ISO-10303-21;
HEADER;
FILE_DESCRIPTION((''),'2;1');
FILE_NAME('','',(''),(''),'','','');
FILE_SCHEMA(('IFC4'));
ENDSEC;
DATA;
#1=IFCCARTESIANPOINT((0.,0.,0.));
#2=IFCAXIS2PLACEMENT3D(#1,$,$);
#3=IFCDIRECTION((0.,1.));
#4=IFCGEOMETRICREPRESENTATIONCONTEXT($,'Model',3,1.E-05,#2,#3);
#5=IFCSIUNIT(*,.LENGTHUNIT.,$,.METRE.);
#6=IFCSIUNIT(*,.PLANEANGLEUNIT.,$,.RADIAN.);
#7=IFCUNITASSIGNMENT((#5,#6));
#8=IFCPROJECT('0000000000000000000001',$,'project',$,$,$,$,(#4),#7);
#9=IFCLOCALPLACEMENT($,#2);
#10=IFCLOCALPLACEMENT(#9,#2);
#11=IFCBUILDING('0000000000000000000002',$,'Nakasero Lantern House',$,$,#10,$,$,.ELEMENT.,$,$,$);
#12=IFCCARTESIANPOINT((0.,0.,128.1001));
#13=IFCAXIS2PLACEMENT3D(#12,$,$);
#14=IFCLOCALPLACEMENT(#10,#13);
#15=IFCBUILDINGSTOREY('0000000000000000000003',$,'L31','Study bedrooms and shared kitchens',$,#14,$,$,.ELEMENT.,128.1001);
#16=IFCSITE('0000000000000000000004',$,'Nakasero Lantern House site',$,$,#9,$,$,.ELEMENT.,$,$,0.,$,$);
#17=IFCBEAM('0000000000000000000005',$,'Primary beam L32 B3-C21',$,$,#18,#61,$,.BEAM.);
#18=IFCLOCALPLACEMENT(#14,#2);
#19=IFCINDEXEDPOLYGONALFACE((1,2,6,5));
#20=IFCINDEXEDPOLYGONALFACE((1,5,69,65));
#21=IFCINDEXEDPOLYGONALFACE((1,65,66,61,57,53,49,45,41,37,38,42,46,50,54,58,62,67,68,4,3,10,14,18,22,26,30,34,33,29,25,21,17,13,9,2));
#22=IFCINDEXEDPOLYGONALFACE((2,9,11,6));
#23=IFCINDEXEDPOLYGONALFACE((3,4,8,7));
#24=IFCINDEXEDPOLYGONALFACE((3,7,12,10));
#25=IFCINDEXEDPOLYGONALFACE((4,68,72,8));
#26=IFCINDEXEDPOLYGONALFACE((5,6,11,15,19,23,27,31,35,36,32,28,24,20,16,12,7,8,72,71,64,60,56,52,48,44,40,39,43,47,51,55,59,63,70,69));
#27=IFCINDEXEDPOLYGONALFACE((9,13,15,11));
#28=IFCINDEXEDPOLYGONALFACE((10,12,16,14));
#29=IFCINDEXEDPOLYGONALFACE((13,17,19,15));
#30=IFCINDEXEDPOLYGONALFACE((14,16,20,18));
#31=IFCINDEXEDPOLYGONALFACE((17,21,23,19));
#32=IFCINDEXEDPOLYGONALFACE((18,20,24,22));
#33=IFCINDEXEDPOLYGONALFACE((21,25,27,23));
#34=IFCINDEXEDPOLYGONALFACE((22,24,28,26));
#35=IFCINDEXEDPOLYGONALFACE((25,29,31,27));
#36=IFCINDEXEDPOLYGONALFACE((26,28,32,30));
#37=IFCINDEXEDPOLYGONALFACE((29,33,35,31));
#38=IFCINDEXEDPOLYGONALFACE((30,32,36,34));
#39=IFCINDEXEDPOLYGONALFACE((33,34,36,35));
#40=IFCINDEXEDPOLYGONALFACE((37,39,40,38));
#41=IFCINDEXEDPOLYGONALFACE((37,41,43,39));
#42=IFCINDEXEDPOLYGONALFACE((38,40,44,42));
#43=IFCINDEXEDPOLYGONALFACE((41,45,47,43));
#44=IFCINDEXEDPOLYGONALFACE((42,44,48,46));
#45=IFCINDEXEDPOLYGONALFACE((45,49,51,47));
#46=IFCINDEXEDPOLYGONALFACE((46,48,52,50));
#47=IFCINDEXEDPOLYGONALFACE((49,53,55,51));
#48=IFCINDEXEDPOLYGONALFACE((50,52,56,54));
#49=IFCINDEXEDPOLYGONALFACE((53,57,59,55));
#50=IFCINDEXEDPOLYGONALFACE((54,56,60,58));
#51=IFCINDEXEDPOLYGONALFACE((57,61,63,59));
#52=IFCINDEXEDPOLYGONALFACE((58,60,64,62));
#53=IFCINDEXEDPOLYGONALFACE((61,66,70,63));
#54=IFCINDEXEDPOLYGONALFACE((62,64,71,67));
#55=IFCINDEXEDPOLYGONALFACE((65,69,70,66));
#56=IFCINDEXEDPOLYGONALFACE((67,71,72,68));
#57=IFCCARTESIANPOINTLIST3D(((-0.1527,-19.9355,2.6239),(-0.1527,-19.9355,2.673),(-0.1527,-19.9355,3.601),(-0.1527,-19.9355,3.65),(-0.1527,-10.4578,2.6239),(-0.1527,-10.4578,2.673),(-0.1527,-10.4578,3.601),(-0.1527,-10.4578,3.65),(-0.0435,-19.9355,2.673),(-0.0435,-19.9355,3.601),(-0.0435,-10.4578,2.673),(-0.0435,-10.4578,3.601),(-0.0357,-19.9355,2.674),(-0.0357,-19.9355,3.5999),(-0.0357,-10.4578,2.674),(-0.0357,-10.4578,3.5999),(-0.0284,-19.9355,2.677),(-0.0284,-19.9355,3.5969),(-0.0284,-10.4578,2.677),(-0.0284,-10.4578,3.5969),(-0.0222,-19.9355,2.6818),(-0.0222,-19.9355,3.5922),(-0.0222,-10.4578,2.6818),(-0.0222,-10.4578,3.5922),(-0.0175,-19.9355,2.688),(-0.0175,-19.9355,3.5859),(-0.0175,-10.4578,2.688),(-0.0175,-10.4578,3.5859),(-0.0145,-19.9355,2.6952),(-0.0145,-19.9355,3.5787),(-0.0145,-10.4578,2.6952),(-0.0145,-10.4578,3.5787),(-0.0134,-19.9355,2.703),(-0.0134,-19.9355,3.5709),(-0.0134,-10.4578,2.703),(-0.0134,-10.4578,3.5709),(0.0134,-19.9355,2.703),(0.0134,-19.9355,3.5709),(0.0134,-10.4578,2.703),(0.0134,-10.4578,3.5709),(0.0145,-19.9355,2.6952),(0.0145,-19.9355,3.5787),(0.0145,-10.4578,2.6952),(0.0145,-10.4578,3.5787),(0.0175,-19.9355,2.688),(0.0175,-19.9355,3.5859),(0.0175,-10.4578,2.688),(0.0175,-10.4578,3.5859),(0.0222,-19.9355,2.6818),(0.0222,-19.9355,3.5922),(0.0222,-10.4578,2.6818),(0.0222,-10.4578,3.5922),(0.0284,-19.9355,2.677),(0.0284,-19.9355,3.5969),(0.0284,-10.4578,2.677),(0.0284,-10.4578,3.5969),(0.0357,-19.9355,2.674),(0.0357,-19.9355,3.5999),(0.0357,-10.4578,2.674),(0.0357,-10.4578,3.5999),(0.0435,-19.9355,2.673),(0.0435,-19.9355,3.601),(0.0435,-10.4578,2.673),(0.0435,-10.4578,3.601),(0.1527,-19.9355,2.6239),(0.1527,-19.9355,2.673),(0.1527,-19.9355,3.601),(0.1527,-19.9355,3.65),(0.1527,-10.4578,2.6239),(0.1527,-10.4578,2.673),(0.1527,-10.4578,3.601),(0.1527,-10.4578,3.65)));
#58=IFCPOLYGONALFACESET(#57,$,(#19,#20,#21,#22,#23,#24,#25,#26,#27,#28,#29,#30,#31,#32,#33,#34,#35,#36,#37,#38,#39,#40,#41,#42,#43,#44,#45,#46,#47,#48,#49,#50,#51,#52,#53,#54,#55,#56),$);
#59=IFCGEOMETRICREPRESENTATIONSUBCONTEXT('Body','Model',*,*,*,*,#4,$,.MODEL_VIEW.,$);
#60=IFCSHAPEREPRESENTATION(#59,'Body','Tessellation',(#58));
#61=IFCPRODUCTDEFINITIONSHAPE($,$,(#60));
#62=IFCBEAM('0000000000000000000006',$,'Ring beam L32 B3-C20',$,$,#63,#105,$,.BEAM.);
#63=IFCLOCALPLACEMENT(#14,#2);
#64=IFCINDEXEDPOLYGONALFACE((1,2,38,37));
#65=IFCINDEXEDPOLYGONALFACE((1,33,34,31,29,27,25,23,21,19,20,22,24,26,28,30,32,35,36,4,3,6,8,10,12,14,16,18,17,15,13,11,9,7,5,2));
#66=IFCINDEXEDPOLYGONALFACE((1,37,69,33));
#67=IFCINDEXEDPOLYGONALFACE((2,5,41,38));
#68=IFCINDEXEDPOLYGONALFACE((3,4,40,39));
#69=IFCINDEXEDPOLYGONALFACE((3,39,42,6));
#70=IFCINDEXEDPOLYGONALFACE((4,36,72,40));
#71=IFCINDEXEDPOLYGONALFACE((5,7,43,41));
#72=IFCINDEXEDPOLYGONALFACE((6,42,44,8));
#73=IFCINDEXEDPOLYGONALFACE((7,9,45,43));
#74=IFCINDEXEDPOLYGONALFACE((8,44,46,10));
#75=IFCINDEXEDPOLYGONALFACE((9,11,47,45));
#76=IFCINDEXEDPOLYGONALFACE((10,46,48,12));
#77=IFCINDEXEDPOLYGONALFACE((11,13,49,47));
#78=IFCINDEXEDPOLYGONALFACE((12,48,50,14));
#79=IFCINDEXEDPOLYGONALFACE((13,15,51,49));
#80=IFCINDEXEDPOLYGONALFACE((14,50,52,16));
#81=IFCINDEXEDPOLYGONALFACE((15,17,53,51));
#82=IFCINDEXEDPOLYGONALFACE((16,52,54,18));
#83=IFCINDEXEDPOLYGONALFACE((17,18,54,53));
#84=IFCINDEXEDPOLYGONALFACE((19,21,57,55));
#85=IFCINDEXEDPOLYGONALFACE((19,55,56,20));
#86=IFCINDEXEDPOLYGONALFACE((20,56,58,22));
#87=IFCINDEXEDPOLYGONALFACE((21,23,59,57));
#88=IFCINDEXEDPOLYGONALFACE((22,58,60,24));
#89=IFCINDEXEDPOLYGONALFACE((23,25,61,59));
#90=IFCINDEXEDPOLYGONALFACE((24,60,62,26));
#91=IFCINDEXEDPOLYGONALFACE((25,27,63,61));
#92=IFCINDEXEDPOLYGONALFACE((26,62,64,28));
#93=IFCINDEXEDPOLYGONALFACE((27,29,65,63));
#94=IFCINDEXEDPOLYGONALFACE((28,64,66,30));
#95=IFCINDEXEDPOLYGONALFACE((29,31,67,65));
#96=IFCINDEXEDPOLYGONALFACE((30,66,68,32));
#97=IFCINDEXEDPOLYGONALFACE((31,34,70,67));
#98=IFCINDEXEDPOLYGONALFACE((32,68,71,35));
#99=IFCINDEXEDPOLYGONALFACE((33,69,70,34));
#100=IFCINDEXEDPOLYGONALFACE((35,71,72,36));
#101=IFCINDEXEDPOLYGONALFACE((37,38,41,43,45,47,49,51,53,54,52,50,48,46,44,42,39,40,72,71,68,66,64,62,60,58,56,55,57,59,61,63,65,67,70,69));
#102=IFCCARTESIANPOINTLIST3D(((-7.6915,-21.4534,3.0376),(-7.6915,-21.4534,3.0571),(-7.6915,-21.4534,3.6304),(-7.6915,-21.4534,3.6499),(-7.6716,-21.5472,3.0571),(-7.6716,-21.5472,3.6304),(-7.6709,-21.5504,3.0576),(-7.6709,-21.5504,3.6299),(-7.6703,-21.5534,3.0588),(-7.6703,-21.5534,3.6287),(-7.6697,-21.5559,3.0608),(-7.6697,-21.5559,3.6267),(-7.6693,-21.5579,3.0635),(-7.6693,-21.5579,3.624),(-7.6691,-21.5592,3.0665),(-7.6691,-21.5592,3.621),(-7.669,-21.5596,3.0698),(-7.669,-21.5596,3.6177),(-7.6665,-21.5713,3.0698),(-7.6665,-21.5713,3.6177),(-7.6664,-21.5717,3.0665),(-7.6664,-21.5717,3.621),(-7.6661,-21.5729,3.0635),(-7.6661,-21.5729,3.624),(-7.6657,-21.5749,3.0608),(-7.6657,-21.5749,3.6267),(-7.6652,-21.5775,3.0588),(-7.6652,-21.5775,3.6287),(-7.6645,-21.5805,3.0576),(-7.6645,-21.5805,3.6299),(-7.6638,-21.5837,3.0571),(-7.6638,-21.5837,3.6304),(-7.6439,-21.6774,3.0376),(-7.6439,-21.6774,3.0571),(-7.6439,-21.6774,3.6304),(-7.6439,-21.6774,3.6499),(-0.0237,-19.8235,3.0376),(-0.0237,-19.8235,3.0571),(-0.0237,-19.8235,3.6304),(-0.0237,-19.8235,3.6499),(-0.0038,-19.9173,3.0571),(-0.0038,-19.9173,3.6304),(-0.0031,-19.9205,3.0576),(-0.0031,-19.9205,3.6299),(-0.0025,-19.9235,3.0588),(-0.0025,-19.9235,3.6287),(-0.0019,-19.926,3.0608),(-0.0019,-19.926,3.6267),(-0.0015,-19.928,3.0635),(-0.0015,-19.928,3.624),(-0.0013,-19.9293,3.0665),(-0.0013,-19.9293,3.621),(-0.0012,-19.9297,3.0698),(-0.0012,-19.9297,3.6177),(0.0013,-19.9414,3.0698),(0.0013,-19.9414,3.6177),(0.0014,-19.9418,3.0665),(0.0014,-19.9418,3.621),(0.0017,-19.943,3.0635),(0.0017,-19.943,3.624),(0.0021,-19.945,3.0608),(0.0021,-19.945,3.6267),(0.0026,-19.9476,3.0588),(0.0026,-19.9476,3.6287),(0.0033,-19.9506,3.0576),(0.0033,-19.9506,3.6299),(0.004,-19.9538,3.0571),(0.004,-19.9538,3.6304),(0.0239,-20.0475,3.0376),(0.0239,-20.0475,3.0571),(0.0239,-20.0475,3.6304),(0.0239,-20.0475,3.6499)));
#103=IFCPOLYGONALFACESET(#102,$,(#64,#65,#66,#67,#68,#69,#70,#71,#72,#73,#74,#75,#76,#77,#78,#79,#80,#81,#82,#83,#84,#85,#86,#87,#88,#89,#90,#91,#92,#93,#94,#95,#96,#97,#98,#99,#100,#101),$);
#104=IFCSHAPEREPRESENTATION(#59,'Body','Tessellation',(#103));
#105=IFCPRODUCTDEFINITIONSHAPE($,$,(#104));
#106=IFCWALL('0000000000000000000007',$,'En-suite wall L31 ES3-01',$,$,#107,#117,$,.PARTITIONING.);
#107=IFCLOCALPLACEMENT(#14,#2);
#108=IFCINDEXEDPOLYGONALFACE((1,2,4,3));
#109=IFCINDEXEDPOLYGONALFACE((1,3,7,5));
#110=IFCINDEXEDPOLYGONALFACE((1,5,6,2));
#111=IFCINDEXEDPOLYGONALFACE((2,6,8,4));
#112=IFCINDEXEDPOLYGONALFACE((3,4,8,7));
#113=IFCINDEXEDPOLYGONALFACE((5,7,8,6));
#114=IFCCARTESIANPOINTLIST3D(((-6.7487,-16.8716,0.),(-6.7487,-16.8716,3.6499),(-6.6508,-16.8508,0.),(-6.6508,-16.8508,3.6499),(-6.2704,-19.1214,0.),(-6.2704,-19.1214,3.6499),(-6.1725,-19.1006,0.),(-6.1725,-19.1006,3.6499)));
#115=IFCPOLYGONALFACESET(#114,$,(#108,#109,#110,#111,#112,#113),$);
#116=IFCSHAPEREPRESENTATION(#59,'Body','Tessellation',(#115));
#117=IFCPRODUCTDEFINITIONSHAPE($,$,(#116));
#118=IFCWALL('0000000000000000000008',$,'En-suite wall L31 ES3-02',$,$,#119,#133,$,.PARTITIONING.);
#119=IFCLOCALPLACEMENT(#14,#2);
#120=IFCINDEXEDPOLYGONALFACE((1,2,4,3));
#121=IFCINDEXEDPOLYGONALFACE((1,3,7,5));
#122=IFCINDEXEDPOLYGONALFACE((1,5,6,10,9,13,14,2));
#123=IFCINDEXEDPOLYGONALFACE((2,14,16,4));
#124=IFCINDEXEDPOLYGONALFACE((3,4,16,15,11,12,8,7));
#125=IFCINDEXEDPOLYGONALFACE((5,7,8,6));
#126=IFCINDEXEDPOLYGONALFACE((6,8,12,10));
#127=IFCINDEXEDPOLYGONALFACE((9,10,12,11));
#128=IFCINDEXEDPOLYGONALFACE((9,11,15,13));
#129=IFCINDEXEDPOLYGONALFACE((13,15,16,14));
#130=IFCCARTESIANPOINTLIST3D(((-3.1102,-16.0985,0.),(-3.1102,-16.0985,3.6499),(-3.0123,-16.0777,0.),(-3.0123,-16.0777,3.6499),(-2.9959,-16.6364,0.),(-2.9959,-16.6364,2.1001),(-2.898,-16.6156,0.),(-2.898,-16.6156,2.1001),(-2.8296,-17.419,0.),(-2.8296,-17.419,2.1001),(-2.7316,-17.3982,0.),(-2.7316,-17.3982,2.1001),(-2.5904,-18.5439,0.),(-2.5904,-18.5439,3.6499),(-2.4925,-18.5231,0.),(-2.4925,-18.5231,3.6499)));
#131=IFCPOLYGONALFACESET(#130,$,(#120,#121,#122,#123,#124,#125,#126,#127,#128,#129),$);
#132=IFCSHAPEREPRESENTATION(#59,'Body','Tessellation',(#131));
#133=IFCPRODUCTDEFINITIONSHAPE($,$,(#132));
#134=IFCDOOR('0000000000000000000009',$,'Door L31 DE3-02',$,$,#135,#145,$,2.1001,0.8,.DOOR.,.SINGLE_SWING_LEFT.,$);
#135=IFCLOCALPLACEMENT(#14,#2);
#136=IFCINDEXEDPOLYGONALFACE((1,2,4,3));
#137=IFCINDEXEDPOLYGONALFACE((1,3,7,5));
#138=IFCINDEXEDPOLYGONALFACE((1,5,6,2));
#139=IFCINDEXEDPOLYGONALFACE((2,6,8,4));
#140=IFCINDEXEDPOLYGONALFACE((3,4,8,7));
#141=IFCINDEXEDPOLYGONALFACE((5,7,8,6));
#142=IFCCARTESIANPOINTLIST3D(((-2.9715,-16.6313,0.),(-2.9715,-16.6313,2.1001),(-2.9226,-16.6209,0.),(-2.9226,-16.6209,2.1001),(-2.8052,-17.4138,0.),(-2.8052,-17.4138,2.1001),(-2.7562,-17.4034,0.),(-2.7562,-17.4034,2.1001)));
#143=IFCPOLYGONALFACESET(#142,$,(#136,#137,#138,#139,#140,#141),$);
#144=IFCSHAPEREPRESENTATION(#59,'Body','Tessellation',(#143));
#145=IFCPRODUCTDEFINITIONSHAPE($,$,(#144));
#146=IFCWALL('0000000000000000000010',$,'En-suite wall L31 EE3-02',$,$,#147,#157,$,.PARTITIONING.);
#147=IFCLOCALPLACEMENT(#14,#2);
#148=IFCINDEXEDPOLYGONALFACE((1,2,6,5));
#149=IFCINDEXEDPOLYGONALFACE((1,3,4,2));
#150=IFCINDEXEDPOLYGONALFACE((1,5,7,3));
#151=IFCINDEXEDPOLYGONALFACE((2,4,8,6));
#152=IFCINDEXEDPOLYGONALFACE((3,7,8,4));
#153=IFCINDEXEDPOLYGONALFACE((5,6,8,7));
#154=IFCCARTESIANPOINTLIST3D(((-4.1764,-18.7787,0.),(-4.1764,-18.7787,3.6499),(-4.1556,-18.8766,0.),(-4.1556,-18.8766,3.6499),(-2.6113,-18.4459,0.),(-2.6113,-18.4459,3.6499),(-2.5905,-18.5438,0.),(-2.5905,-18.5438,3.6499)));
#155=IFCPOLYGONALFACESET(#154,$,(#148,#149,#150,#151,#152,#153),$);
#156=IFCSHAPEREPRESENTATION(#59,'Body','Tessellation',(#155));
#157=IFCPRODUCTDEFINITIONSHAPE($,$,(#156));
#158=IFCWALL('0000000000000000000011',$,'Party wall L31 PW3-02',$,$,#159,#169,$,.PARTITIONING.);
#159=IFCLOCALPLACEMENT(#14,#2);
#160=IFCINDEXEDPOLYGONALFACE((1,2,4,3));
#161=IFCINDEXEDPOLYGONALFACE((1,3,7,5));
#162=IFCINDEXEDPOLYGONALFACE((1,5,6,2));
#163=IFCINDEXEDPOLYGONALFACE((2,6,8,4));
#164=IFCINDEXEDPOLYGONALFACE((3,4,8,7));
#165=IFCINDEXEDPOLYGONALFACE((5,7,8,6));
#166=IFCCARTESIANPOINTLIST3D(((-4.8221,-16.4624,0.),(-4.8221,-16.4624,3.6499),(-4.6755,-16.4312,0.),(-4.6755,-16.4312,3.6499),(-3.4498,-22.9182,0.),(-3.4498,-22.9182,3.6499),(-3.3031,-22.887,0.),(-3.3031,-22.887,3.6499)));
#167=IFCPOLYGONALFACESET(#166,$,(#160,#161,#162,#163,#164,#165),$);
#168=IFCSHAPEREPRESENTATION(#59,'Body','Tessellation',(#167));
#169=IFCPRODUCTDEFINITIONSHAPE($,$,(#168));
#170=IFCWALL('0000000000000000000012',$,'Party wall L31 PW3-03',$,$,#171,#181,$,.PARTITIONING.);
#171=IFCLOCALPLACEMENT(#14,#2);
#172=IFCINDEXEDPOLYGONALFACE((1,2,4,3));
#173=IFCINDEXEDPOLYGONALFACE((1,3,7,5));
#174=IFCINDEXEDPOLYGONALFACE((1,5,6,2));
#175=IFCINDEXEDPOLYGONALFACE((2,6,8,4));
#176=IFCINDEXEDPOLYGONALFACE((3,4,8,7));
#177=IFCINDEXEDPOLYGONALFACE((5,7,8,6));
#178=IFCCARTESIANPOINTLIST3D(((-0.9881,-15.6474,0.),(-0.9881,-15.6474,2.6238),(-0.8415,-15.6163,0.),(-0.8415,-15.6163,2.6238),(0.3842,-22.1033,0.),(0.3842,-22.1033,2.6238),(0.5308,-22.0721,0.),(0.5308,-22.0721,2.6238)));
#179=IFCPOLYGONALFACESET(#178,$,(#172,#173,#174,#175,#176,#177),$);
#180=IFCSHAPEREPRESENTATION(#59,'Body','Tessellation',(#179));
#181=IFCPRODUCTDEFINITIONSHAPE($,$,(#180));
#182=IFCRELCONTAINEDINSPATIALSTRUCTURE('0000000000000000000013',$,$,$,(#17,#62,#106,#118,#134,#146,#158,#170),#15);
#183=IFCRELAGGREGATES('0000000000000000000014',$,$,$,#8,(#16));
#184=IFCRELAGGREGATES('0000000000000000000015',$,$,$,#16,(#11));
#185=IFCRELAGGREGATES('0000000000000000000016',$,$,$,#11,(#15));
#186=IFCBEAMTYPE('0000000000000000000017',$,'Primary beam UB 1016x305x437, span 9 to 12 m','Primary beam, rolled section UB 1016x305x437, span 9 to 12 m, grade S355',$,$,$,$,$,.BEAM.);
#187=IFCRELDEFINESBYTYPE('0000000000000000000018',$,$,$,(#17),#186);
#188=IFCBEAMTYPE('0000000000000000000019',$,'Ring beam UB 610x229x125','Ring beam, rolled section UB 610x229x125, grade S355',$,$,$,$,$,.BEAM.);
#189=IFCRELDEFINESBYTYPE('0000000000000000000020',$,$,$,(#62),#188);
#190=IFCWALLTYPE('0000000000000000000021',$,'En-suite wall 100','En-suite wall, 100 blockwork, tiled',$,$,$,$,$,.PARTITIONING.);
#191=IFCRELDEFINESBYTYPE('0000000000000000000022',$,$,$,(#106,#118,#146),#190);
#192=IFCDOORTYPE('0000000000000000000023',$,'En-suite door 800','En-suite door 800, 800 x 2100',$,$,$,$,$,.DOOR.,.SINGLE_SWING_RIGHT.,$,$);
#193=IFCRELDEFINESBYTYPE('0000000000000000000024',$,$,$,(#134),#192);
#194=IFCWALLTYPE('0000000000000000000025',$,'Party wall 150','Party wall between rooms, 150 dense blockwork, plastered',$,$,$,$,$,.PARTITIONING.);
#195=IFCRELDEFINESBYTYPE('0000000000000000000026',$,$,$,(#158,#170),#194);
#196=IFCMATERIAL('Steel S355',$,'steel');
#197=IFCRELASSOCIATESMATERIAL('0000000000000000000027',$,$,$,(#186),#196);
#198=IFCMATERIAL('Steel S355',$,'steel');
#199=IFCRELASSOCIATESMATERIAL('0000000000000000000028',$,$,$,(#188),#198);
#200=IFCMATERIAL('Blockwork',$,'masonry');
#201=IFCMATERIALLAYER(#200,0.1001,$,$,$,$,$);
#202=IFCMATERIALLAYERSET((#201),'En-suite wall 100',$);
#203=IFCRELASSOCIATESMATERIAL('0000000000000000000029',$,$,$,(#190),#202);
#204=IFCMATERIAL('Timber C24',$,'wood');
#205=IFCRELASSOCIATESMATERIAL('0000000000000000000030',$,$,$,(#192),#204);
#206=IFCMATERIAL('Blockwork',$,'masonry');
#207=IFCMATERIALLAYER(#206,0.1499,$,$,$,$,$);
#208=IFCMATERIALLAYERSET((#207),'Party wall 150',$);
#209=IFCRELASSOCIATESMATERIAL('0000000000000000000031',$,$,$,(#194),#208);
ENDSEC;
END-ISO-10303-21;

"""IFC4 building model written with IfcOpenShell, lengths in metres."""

from ifc_helpers import new_model, si_unit, direction, frame, frame_2d, origin, origin_2d, place, context, subcontext, project, spatial, rectangle, i_section, extrude, material, layer, layer_set, material_profile, profile_set, type_object, element, fill, save


model = new_model("IFC4")

# Units and contexts
model_context = context("Model", 3, precision=1e-05, world=origin(), true_north=direction((0.0, 1.0)))
body_context = subcontext(model_context, "Body", "Model", "MODEL_VIEW")
ifc_project = project(units=[si_unit("LENGTHUNIT", "METRE"), si_unit("PLANEANGLEUNIT", "RADIAN")], contexts=[model_context])

# Site, building, storey
site_placement = place(None, origin())
site = spatial("IfcSite", under=ifc_project, at=site_placement, Name="Nakasero Lantern House site", CompositionType="ELEMENT", RefElevation=0.0)
building_placement = place(site_placement, origin())
building = spatial("IfcBuilding", under=site, at=building_placement, Name="Nakasero Lantern House", CompositionType="ELEMENT")
storey_placement = place(building_placement, frame((0.0, 0.0, 128.1001)))
storey = spatial("IfcBuildingStorey", under=building, at=storey_placement, Name="L31", Description="Study bedrooms and shared kitchens", CompositionType="ELEMENT", Elevation=128.1001)

# Beams
ifc_material_1 = material(Name="Steel S355", Category="steel")
ifc_material_profile_1 = material_profile(ifc_material_1, i_section(OverallWidth=0.3054, OverallDepth=1.0261, WebThickness=0.0269, FlangeThickness=0.0491, FilletRadius=0.03, at=origin_2d()), Name="UB 1016x305x437")
ifc_profile_set_1 = profile_set([ifc_material_profile_1], Name="Steel S355")
beam_type_1 = type_object("IfcBeamType", Name="Primary beam UB 1016x305x437, span 9 to 12 m", Description="Primary beam, rolled section UB 1016x305x437, span 9 to 12 m, grade S355", PredefinedType="BEAM", material=ifc_profile_set_1)
beam_1_placement = place(storey_placement, frame((0.0, -19.9355, 3.137), z_axis=(0.0, 1.0, 0.0), x_axis=(-1.0, 0.0, 0.0)))
element("IfcBeam", 1, at=beam_1_placement, inside=storey, type_object=beam_type_1, Name="Primary beam L32 B3-C21", PredefinedType="BEAM", context=body_context, shape_type="SweptSolid", body=[
    extrude(i_section(OverallWidth=0.3054, OverallDepth=1.0261, WebThickness=0.0269, FlangeThickness=0.0491, FilletRadius=0.03, at=origin_2d()), origin(), (0.0, 0.0, 1.0), 9.4778),
])
ifc_material_2 = material(Name="Steel S355", Category="steel")
ifc_material_profile_2 = material_profile(ifc_material_2, i_section(OverallWidth=0.229, OverallDepth=0.6123, WebThickness=0.012, FlangeThickness=0.0195, FilletRadius=0.0127, at=origin_2d()), Name="UB 610x229x125")
ifc_profile_set_2 = profile_set([ifc_material_profile_2], Name="Steel S355")
beam_type_2 = type_object("IfcBeamType", Name="Ring beam UB 610x229x125", Description="Ring beam, rolled section UB 610x229x125, grade S355", PredefinedType="BEAM", material=ifc_profile_set_2)
beam_2_placement = place(storey_placement, frame((-7.6677, -21.5654, 3.3438), z_axis=(0.978146, 0.207919, 0.0), x_axis=(-0.207919, 0.978146, 0.0)))
element("IfcBeam", 2, at=beam_2_placement, inside=storey, type_object=beam_type_2, Name="Ring beam L32 B3-C20", PredefinedType="BEAM", context=body_context, shape_type="SweptSolid", body=[
    extrude(i_section(OverallWidth=0.229, OverallDepth=0.6123, WebThickness=0.012, FlangeThickness=0.0195, FilletRadius=0.0127, at=origin_2d()), origin(), (0.0, 0.0, 1.0), 7.8391),
])

# Wall
ifc_material_3 = material(Name="Blockwork", Category="masonry")
ifc_layer_1 = layer(ifc_material_3, 0.1001)
ifc_layer_set_1 = layer_set([ifc_layer_1], Name="En-suite wall 100")
wall_type_1 = type_object("IfcWallType", Name="En-suite wall 100", Description="En-suite wall, 100 blockwork, tiled", PredefinedType="PARTITIONING", material=ifc_layer_set_1)
wall_1_placement = place(storey_placement, frame((-6.6997, -16.8613, 0.0), z_axis=(0.0, 0.0, 1.0), x_axis=(0.207941, -0.978141, 0.0)))
element("IfcWall", 3, at=wall_1_placement, inside=storey, type_object=wall_type_1, Name="En-suite wall L31 ES3-01", PredefinedType="PARTITIONING", context=body_context, shape_type="SweptSolid", body=[
    extrude(rectangle(XDim=2.3, YDim=0.1001, at=frame_2d((1.1499, 0.0))), origin(), (0.0, 0.0, 1.0), 3.6499),
])

# Wall, opening, door
wall_2_placement = place(storey_placement, frame((-3.0613, -16.0881, 0.0), z_axis=(0.0, 0.0, 1.0), x_axis=(0.207915, -0.978147, 0.0)))
wall_2 = element("IfcWall", 4, at=wall_2_placement, inside=storey, type_object=wall_type_1, Name="En-suite wall L31 ES3-02", PredefinedType="PARTITIONING", context=body_context, shape_type="SweptSolid", body=[
    extrude(rectangle(XDim=2.5, YDim=0.1001, at=frame_2d((1.25, 0.0))), origin(), (0.0, 0.0, 1.0), 3.6499),
])
opening_placement = place(wall_2_placement, frame((0.55, 0.0, 0.0)))
opening = element("IfcOpeningElement", 5, at=opening_placement, cuts=wall_2, PredefinedType="OPENING", context=body_context, shape_type="SweptSolid", body=[
    extrude(rectangle(XDim=0.8, YDim=2.1001, at=frame_2d((0.3999, 1.05))), frame((0.0, 0.0701, 0.0), z_axis=(0.0, -1.0, 0.0), x_axis=(1.0, 0.0, 0.0)), (0.0, 0.0, 1.0), 0.1401),
])
ifc_material_4 = material(Name="Timber C24", Category="wood")
door_type = type_object("IfcDoorType", Name="En-suite door 800", Description="En-suite door 800, 800 x 2100", OperationType="SINGLE_SWING_RIGHT", PredefinedType="DOOR", material=ifc_material_4)
door_placement = place(opening_placement, origin())
door = element("IfcDoor", 6, at=door_placement, inside=storey, type_object=door_type, Name="Door L31 DE3-02", OperationType="SINGLE_SWING_LEFT", OverallHeight=2.1001, OverallWidth=0.8, PredefinedType="DOOR", context=body_context, shape_type="SweptSolid", body=[
    extrude(rectangle(XDim=0.8, YDim=2.1001, at=frame_2d((0.3999, 1.05))), frame((0.0, 0.0249, 0.0), z_axis=(0.0, -1.0, 0.0), x_axis=(1.0, 0.0, 0.0)), (0.0, 0.0, 1.0), 0.05),
])
fill(opening, door)

# Walls
wall_3_placement = place(storey_placement, frame((-4.166, -18.8276, 0.0), z_axis=(0.0, 0.0, 1.0), x_axis=(0.978138, 0.207955, 0.0)))
element("IfcWall", 7, at=wall_3_placement, inside=storey, type_object=wall_type_1, Name="En-suite wall L31 EE3-02", PredefinedType="PARTITIONING", context=body_context, shape_type="SweptSolid", body=[
    extrude(rectangle(XDim=1.6001, YDim=0.1001, at=frame_2d((0.8, 0.0))), origin(), (0.0, 0.0, 1.0), 3.6499),
])
ifc_material_5 = material(Name="Blockwork", Category="masonry")
ifc_layer_2 = layer(ifc_material_5, 0.1499)
ifc_layer_set_2 = layer_set([ifc_layer_2], Name="Party wall 150")
wall_type_2 = type_object("IfcWallType", Name="Party wall 150", Description="Party wall between rooms, 150 dense blockwork, plastered", PredefinedType="PARTITIONING", material=ifc_layer_set_2)
wall_4_placement = place(storey_placement, frame((-4.7488, -16.4468, 0.0), z_axis=(0.0, 0.0, 1.0), x_axis=(0.207925, -0.978145, 0.0)))
element("IfcWall", 8, at=wall_4_placement, inside=storey, type_object=wall_type_2, Name="Party wall L31 PW3-02", PredefinedType="PARTITIONING", context=body_context, shape_type="SweptSolid", body=[
    extrude(rectangle(XDim=6.6001, YDim=0.1499, at=frame_2d((3.3, 0.0))), origin(), (0.0, 0.0, 1.0), 3.6499),
])
wall_5_placement = place(storey_placement, frame((-0.9148, -15.6318, 0.0), z_axis=(0.0, 0.0, 1.0), x_axis=(0.207925, -0.978145, 0.0)))
element("IfcWall", 9, at=wall_5_placement, inside=storey, type_object=wall_type_2, Name="Party wall L31 PW3-03", PredefinedType="PARTITIONING", context=body_context, shape_type="SweptSolid", body=[
    extrude(rectangle(XDim=6.6001, YDim=0.1499, at=frame_2d((3.3, 0.0))), origin(), (0.0, 0.0, 1.0), 2.6238),
])

save(model, "model.ifc")
